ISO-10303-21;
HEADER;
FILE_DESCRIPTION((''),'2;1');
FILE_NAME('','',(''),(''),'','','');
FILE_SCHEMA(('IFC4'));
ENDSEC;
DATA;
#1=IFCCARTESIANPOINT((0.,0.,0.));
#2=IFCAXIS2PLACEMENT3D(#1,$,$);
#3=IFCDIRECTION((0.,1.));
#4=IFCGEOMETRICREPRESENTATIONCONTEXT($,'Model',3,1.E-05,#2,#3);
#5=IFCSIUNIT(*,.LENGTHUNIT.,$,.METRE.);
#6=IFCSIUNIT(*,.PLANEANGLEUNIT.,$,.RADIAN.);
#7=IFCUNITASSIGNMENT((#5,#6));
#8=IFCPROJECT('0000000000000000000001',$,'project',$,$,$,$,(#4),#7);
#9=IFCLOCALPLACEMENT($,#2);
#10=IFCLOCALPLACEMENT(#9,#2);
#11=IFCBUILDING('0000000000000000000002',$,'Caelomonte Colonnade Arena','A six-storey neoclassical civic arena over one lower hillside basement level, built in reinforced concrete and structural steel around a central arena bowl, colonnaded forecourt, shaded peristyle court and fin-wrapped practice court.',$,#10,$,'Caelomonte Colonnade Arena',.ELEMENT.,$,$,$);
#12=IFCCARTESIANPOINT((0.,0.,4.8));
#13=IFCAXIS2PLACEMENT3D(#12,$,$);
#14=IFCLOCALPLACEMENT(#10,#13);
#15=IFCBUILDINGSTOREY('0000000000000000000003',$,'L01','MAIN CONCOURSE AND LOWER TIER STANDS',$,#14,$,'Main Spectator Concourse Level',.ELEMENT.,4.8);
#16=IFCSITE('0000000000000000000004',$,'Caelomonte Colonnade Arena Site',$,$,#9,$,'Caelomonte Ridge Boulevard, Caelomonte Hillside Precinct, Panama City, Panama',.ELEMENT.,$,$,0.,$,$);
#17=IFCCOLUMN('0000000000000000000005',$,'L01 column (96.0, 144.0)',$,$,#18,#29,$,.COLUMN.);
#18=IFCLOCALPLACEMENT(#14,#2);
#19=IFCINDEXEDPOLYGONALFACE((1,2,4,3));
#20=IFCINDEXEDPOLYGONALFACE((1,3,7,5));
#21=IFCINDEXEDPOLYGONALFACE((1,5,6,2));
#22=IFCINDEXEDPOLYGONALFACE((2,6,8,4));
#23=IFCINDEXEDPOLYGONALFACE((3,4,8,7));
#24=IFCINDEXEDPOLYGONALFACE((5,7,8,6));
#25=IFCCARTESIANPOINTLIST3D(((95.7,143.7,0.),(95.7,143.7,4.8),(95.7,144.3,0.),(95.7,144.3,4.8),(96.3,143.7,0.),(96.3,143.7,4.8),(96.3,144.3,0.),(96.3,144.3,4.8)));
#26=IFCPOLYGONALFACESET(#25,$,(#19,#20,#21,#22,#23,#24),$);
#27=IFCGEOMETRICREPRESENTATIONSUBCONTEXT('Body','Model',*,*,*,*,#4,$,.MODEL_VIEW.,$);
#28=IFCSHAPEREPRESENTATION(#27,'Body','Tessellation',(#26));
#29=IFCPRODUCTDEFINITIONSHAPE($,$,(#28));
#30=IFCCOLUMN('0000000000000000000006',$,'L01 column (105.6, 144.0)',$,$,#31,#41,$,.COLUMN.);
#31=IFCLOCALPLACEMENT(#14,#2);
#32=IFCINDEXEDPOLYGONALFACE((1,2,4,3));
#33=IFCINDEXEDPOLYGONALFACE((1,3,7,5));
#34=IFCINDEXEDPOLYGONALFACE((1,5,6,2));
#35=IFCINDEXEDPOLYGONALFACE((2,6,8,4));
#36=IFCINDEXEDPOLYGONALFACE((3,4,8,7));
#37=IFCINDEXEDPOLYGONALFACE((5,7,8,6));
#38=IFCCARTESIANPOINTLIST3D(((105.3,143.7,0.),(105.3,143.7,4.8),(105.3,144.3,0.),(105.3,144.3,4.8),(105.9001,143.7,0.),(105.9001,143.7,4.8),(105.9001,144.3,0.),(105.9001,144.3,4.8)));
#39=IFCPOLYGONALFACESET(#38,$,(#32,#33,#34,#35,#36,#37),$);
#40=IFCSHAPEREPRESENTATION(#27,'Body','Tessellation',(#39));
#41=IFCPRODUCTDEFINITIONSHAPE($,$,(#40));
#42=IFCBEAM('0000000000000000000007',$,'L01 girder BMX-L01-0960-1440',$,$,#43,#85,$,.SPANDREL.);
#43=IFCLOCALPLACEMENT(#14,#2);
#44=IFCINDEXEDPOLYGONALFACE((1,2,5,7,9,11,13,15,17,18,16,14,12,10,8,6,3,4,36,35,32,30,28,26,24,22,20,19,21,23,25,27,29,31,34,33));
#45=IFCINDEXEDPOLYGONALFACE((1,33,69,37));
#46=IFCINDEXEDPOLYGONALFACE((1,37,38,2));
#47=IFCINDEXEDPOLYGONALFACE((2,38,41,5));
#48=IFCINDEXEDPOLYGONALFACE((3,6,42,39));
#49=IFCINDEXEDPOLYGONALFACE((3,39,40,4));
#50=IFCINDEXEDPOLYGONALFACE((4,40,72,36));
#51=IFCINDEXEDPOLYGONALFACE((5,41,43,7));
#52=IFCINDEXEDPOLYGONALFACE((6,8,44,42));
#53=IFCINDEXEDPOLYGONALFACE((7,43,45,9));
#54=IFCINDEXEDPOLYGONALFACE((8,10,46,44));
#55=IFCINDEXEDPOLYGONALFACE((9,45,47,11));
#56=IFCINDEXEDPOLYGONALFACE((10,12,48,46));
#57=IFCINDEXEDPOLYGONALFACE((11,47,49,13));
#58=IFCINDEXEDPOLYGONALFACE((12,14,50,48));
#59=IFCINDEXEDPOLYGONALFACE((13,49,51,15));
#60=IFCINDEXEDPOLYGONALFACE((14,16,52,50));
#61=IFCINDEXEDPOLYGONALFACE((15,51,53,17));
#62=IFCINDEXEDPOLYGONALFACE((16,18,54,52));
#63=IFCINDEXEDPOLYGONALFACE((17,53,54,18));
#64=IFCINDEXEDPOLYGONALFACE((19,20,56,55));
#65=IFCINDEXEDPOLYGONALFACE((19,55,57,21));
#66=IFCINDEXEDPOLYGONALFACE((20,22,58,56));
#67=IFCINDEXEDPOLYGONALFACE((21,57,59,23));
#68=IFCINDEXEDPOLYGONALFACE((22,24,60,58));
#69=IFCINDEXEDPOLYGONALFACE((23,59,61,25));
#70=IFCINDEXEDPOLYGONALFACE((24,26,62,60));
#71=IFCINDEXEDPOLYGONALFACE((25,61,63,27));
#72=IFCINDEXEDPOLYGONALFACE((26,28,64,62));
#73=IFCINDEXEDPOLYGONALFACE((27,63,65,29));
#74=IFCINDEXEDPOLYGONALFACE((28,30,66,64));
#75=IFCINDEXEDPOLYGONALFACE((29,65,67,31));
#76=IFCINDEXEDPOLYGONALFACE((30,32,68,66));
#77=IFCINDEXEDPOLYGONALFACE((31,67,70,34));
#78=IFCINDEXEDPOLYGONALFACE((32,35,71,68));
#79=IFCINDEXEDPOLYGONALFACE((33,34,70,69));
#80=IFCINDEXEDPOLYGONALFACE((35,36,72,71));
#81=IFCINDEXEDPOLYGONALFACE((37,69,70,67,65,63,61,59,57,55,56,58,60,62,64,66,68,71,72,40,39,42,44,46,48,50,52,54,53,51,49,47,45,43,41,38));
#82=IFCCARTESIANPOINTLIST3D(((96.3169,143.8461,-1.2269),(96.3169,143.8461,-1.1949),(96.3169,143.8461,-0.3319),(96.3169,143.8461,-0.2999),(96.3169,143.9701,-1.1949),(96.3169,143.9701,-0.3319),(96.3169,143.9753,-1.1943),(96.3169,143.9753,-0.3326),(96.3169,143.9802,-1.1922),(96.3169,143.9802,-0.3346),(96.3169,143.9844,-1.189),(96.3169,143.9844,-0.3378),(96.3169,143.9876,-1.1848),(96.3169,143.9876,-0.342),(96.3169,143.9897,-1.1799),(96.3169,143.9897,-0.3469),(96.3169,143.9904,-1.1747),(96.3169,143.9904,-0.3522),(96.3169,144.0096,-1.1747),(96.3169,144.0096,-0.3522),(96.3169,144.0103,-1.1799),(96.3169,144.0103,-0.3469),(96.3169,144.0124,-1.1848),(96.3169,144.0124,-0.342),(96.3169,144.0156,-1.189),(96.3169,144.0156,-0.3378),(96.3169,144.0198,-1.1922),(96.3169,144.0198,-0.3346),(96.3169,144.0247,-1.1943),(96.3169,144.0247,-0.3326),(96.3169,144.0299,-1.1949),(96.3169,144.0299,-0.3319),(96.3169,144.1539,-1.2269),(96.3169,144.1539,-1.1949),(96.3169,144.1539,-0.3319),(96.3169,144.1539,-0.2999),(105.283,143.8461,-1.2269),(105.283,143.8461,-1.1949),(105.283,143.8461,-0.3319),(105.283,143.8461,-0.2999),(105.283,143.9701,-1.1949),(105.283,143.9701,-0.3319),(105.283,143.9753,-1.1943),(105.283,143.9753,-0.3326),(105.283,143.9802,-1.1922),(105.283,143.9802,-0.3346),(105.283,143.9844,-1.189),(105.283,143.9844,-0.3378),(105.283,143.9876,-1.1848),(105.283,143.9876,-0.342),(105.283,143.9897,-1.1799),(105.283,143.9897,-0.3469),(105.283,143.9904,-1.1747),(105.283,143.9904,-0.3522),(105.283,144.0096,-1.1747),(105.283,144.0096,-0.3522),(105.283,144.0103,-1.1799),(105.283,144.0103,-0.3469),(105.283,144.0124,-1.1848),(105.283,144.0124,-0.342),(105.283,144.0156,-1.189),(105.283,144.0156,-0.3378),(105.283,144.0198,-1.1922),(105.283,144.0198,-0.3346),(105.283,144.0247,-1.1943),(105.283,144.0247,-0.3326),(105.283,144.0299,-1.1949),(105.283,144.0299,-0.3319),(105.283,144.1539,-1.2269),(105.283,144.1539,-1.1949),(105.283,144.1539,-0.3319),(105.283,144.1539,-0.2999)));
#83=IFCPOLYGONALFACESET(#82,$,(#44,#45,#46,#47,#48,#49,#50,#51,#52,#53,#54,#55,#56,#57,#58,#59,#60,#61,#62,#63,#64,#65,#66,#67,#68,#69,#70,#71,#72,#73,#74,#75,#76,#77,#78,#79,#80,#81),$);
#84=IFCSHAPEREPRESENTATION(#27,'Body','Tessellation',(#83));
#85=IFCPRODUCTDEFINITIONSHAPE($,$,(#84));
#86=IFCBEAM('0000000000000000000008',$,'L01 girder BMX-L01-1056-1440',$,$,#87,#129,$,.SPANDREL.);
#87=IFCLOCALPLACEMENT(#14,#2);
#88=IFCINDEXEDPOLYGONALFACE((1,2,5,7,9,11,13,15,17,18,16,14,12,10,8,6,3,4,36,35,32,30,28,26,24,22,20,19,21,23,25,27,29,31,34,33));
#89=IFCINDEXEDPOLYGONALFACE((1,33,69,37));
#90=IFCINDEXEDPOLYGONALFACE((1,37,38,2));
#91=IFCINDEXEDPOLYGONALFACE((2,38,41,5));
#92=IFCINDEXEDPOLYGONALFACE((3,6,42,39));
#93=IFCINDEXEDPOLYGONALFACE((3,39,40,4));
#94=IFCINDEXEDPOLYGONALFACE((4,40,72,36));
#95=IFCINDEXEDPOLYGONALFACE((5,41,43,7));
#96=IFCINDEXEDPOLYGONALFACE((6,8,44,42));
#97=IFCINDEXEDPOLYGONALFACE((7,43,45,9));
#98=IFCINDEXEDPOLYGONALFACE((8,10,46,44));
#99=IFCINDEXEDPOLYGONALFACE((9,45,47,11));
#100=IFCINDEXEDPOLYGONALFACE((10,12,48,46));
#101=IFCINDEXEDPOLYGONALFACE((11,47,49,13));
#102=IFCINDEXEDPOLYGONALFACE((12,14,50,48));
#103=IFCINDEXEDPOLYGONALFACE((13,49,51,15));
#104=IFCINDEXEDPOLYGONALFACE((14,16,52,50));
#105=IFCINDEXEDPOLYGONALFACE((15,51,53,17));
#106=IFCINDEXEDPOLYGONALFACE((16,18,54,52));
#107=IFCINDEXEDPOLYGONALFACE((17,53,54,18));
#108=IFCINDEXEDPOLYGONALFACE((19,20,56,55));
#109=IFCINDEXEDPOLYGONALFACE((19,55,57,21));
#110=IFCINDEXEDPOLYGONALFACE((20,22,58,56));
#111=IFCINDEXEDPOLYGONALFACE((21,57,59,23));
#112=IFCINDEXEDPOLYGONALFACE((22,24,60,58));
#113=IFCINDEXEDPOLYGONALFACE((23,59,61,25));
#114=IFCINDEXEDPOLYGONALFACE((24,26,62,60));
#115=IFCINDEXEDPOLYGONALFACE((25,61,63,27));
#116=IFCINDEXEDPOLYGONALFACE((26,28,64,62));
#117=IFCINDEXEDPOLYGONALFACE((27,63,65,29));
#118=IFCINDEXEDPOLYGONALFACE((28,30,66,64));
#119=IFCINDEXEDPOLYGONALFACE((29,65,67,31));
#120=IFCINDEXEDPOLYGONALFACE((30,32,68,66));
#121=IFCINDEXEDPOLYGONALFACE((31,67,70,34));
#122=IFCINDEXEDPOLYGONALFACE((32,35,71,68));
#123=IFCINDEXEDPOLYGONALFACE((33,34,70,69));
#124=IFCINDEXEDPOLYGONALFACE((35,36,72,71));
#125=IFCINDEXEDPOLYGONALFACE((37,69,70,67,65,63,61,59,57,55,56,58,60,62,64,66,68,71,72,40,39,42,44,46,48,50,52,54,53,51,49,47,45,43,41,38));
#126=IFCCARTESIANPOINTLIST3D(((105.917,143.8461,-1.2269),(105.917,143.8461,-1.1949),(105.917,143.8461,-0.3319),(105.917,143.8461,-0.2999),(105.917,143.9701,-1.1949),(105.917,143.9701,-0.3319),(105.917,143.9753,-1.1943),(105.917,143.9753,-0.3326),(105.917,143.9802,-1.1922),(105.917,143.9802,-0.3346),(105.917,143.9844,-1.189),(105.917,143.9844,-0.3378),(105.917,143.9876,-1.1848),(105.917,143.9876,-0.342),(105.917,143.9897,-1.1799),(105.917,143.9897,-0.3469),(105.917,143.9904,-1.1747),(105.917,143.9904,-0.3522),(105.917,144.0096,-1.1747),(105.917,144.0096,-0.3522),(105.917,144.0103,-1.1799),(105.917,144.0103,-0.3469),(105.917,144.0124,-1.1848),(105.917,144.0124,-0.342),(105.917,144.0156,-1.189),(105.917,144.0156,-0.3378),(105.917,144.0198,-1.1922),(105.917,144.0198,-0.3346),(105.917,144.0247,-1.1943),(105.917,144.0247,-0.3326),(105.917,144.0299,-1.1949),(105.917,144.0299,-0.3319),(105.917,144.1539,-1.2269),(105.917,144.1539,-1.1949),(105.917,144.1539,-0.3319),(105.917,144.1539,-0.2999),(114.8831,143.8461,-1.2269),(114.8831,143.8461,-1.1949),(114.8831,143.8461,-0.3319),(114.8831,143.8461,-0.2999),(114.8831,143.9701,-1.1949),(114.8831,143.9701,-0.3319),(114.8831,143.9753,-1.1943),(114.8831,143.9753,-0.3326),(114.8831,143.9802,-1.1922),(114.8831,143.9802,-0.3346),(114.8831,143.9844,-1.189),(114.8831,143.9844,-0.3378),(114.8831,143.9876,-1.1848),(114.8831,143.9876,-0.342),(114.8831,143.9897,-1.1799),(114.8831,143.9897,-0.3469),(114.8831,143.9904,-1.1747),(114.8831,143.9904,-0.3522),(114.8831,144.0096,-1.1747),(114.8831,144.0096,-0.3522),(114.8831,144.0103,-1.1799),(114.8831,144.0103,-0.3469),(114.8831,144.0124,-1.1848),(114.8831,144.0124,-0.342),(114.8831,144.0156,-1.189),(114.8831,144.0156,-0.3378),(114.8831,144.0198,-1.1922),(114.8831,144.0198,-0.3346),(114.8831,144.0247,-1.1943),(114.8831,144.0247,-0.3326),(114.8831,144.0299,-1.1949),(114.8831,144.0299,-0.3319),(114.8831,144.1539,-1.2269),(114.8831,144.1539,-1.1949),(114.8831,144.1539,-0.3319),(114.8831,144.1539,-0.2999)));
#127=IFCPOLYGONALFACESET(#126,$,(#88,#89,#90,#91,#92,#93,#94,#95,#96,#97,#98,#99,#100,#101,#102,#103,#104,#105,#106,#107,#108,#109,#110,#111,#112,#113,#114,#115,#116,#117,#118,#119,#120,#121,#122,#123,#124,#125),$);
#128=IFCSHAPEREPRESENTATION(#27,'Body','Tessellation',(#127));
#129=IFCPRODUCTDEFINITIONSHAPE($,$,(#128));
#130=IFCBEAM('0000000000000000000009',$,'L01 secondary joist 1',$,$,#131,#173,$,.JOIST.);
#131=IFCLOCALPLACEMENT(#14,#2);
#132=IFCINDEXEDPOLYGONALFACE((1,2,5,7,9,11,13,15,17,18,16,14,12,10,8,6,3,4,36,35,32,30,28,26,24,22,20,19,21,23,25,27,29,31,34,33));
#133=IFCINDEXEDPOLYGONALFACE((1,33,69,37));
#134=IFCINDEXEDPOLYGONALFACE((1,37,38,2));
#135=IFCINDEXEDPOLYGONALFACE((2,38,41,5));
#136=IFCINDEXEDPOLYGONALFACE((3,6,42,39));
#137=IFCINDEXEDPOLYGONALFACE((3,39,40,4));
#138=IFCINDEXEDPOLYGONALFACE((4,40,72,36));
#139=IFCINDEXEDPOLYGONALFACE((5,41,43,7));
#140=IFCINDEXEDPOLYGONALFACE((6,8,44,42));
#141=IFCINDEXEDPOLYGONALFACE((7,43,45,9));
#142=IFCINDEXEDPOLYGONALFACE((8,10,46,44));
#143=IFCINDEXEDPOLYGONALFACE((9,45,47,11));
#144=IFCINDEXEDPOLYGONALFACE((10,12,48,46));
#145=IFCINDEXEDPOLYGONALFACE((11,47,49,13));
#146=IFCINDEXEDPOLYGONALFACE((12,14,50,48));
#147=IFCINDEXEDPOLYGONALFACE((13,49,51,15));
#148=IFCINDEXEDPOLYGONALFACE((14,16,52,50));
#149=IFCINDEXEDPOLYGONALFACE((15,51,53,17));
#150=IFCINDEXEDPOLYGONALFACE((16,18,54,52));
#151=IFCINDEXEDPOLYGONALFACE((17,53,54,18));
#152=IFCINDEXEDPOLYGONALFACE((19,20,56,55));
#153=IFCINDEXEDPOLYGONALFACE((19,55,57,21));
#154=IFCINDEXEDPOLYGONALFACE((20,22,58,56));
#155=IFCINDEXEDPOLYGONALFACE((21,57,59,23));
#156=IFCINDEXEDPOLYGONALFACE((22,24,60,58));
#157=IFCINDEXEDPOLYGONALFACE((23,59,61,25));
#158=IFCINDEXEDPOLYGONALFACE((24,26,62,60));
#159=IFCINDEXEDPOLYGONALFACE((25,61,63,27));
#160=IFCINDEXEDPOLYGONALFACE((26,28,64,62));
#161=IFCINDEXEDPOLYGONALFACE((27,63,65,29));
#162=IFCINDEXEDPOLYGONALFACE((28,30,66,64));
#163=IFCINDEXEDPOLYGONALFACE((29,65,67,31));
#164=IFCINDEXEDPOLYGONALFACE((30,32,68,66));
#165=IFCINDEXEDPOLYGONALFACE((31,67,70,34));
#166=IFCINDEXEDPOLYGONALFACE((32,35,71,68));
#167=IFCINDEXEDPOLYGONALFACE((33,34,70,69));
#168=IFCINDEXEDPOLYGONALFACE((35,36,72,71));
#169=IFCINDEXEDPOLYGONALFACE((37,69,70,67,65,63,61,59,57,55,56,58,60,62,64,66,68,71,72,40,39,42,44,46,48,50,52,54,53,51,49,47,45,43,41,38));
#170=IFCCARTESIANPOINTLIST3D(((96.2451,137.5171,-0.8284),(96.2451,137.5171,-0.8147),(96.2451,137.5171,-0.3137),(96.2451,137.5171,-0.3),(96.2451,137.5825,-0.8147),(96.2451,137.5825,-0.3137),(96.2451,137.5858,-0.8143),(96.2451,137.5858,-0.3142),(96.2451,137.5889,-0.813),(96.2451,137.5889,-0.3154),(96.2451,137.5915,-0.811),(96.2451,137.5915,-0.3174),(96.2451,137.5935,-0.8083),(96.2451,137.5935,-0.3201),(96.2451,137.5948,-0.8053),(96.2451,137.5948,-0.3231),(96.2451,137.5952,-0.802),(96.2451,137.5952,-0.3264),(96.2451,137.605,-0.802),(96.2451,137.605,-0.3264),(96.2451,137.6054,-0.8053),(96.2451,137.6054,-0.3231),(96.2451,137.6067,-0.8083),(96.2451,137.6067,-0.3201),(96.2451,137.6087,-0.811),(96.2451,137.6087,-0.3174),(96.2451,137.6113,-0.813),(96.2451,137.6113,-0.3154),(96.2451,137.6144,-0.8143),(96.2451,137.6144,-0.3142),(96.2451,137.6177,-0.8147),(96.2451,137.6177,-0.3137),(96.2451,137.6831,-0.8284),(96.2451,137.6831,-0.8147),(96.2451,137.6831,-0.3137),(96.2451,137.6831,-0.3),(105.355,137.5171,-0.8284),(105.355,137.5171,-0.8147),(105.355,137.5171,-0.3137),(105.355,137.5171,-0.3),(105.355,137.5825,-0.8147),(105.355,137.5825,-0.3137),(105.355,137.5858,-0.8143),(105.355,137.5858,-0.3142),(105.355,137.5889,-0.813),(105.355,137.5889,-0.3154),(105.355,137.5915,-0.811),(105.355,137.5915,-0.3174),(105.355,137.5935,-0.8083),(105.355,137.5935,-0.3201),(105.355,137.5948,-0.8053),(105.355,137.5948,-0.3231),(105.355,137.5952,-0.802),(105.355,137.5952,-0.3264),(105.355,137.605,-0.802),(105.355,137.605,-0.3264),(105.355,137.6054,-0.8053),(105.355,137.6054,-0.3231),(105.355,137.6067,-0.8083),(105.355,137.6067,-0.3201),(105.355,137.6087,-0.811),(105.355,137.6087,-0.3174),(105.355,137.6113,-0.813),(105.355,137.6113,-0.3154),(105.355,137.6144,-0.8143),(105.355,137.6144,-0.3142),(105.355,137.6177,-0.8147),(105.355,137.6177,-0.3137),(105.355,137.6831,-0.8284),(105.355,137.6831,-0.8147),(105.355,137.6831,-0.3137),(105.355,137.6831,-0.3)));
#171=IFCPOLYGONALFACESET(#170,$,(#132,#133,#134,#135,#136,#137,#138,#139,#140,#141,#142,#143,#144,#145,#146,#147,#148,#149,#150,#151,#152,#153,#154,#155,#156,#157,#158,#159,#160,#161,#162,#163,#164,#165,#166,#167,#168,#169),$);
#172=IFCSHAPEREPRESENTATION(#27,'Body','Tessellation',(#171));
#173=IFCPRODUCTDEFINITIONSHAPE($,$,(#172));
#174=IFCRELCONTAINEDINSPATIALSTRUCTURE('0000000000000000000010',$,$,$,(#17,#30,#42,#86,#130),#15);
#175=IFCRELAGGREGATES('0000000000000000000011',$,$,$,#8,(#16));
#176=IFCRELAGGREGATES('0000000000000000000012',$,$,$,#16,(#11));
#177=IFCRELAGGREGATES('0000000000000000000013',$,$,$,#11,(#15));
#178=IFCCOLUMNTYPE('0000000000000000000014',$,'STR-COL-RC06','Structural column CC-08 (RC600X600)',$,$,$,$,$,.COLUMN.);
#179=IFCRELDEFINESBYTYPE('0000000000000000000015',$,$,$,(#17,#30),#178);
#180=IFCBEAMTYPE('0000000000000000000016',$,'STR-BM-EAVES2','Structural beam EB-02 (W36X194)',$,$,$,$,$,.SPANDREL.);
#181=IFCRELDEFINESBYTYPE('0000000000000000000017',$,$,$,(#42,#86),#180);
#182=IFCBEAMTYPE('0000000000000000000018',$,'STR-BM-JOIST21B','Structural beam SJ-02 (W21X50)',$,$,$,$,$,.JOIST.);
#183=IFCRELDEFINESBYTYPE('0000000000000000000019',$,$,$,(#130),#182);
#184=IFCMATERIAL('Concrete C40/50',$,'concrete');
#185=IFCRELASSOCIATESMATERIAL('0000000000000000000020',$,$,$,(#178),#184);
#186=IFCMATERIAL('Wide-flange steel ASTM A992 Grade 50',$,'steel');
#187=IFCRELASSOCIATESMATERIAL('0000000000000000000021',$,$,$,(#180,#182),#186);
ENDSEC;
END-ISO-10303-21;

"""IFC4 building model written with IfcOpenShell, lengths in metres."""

from ifc_helpers import new_model, si_unit, direction, frame, origin, origin_2d, place, context, subcontext, project, spatial, rectangle, i_section, extrude, material, material_profile, profile_set, type_object, element, save


model = new_model("IFC4")

# Units and contexts
model_context = context("Model", 3, precision=1e-05, world=origin(), true_north=direction((0.0, 1.0)))
body_context = subcontext(model_context, "Body", "Model", "MODEL_VIEW")
ifc_project = project(units=[si_unit("LENGTHUNIT", "METRE"), si_unit("PLANEANGLEUNIT", "RADIAN")], contexts=[model_context])

# Site, building, storey
site_placement = place(None, origin())
site = spatial("IfcSite", under=ifc_project, at=site_placement, Name="Caelomonte Colonnade Arena Site", LongName="Caelomonte Ridge Boulevard, Caelomonte Hillside Precinct, Panama City, Panama", CompositionType="ELEMENT", RefElevation=0.0)
building_placement = place(site_placement, origin())
building = spatial("IfcBuilding", under=site, at=building_placement, Name="Caelomonte Colonnade Arena", Description="A six-storey neoclassical civic arena over one lower hillside basement level, built in reinforced concrete and structural steel around a central arena bowl, colonnaded forecourt, shaded peristyle court and fin-wrapped practice court.", LongName="Caelomonte Colonnade Arena", CompositionType="ELEMENT")
storey_placement = place(building_placement, frame((0.0, 0.0, 4.8)))
storey = spatial("IfcBuildingStorey", under=building, at=storey_placement, Name="L01", Description="MAIN CONCOURSE AND LOWER TIER STANDS", LongName="Main Spectator Concourse Level", CompositionType="ELEMENT", Elevation=4.8)

# Columns
ifc_material_1 = material(Name="Concrete C40/50", Category="concrete")
ifc_material_profile_1 = material_profile(ifc_material_1, rectangle(XDim=0.6001, YDim=0.6001, at=origin_2d()), Name="RC600X600")
ifc_profile_set_1 = profile_set([ifc_material_profile_1], Name="Concrete C40/50")
column_type = type_object("IfcColumnType", Name="STR-COL-RC06", Description="Structural column CC-08 (RC600X600)", PredefinedType="COLUMN", material=ifc_profile_set_1)
for number, where, z_axis, x_axis, name in (
    (1, (96.0, 144.0, 0.0), (0.0, 0.0, 1.0), (1.0, 0.0, 0.0), "L01 column (96.0, 144.0)"),
    (2, (105.6001, 144.0, 0.0), (0.0, 0.0, 1.0), (1.0, 0.0, 0.0), "L01 column (105.6, 144.0)"),
):
    element("IfcColumn", number, at=place(storey_placement, frame(where, z_axis=z_axis, x_axis=x_axis)), inside=storey, type_object=column_type, Name=name, PredefinedType="COLUMN", context=body_context, shape_type="SweptSolid", body=[
        extrude(rectangle(XDim=0.6001, YDim=0.6001, at=origin_2d()), origin(), (0.0, 0.0, 1.0), 4.8),
    ])

# Beams
ifc_material_2 = material(Name="Wide-flange steel ASTM A992 Grade 50", Category="steel")
ifc_material_profile_2 = material_profile(ifc_material_2, i_section(OverallWidth=0.3079, OverallDepth=0.927, WebThickness=0.0193, FlangeThickness=0.032, FilletRadius=0.0203, at=origin_2d()), Name="W36X194")
ifc_profile_set_2 = profile_set([ifc_material_profile_2], Name="Wide-flange steel ASTM A992 Grade 50")
beam_type_1 = type_object("IfcBeamType", Name="STR-BM-EAVES2", Description="Structural beam EB-02 (W36X194)", PredefinedType="SPANDREL", material=ifc_profile_set_2)
for number, where, z_axis, x_axis, name in (
    (3, (96.3169, 144.0, -0.7634), (1.0, 0.0, 0.0), (0.0, 1.0, 0.0), "L01 girder BMX-L01-0960-1440"),
    (4, (105.917, 144.0, -0.7634), (1.0, 0.0, 0.0), (0.0, 1.0, 0.0), "L01 girder BMX-L01-1056-1440"),
):
    element("IfcBeam", number, at=place(storey_placement, frame(where, z_axis=z_axis, x_axis=x_axis)), inside=storey, type_object=beam_type_1, Name=name, PredefinedType="SPANDREL", context=body_context, shape_type="SweptSolid", body=[
        extrude(i_section(OverallWidth=0.3079, OverallDepth=0.927, WebThickness=0.0193, FlangeThickness=0.032, FilletRadius=0.0203, at=origin_2d()), origin(), (0.0, 0.0, 1.0), 8.9661),
    ])
ifc_material_profile_3 = material_profile(ifc_material_2, i_section(OverallWidth=0.166, OverallDepth=0.5283, WebThickness=0.0098, FlangeThickness=0.0137, FilletRadius=0.0127, at=origin_2d()), Name="W21X50")
ifc_profile_set_3 = profile_set([ifc_material_profile_3], Name="Wide-flange steel ASTM A992 Grade 50")
beam_type_2 = type_object("IfcBeamType", Name="STR-BM-JOIST21B", Description="Structural beam SJ-02 (W21X50)", PredefinedType="JOIST", material=ifc_profile_set_3)
for number, where, z_axis, x_axis, name in (
    (5, (96.2451, 137.6001, -0.5642), (1.0, 0.0, 0.0), (0.0, 1.0, 0.0), "L01 secondary joist 1"),
):
    element("IfcBeam", number, at=place(storey_placement, frame(where, z_axis=z_axis, x_axis=x_axis)), inside=storey, type_object=beam_type_2, Name=name, PredefinedType="JOIST", context=body_context, shape_type="SweptSolid", body=[
        extrude(i_section(OverallWidth=0.166, OverallDepth=0.5283, WebThickness=0.0098, FlangeThickness=0.0137, FilletRadius=0.0127, at=origin_2d()), origin(), (0.0, 0.0, 1.0), 9.1099),
    ])

save(model, "model.ifc")
